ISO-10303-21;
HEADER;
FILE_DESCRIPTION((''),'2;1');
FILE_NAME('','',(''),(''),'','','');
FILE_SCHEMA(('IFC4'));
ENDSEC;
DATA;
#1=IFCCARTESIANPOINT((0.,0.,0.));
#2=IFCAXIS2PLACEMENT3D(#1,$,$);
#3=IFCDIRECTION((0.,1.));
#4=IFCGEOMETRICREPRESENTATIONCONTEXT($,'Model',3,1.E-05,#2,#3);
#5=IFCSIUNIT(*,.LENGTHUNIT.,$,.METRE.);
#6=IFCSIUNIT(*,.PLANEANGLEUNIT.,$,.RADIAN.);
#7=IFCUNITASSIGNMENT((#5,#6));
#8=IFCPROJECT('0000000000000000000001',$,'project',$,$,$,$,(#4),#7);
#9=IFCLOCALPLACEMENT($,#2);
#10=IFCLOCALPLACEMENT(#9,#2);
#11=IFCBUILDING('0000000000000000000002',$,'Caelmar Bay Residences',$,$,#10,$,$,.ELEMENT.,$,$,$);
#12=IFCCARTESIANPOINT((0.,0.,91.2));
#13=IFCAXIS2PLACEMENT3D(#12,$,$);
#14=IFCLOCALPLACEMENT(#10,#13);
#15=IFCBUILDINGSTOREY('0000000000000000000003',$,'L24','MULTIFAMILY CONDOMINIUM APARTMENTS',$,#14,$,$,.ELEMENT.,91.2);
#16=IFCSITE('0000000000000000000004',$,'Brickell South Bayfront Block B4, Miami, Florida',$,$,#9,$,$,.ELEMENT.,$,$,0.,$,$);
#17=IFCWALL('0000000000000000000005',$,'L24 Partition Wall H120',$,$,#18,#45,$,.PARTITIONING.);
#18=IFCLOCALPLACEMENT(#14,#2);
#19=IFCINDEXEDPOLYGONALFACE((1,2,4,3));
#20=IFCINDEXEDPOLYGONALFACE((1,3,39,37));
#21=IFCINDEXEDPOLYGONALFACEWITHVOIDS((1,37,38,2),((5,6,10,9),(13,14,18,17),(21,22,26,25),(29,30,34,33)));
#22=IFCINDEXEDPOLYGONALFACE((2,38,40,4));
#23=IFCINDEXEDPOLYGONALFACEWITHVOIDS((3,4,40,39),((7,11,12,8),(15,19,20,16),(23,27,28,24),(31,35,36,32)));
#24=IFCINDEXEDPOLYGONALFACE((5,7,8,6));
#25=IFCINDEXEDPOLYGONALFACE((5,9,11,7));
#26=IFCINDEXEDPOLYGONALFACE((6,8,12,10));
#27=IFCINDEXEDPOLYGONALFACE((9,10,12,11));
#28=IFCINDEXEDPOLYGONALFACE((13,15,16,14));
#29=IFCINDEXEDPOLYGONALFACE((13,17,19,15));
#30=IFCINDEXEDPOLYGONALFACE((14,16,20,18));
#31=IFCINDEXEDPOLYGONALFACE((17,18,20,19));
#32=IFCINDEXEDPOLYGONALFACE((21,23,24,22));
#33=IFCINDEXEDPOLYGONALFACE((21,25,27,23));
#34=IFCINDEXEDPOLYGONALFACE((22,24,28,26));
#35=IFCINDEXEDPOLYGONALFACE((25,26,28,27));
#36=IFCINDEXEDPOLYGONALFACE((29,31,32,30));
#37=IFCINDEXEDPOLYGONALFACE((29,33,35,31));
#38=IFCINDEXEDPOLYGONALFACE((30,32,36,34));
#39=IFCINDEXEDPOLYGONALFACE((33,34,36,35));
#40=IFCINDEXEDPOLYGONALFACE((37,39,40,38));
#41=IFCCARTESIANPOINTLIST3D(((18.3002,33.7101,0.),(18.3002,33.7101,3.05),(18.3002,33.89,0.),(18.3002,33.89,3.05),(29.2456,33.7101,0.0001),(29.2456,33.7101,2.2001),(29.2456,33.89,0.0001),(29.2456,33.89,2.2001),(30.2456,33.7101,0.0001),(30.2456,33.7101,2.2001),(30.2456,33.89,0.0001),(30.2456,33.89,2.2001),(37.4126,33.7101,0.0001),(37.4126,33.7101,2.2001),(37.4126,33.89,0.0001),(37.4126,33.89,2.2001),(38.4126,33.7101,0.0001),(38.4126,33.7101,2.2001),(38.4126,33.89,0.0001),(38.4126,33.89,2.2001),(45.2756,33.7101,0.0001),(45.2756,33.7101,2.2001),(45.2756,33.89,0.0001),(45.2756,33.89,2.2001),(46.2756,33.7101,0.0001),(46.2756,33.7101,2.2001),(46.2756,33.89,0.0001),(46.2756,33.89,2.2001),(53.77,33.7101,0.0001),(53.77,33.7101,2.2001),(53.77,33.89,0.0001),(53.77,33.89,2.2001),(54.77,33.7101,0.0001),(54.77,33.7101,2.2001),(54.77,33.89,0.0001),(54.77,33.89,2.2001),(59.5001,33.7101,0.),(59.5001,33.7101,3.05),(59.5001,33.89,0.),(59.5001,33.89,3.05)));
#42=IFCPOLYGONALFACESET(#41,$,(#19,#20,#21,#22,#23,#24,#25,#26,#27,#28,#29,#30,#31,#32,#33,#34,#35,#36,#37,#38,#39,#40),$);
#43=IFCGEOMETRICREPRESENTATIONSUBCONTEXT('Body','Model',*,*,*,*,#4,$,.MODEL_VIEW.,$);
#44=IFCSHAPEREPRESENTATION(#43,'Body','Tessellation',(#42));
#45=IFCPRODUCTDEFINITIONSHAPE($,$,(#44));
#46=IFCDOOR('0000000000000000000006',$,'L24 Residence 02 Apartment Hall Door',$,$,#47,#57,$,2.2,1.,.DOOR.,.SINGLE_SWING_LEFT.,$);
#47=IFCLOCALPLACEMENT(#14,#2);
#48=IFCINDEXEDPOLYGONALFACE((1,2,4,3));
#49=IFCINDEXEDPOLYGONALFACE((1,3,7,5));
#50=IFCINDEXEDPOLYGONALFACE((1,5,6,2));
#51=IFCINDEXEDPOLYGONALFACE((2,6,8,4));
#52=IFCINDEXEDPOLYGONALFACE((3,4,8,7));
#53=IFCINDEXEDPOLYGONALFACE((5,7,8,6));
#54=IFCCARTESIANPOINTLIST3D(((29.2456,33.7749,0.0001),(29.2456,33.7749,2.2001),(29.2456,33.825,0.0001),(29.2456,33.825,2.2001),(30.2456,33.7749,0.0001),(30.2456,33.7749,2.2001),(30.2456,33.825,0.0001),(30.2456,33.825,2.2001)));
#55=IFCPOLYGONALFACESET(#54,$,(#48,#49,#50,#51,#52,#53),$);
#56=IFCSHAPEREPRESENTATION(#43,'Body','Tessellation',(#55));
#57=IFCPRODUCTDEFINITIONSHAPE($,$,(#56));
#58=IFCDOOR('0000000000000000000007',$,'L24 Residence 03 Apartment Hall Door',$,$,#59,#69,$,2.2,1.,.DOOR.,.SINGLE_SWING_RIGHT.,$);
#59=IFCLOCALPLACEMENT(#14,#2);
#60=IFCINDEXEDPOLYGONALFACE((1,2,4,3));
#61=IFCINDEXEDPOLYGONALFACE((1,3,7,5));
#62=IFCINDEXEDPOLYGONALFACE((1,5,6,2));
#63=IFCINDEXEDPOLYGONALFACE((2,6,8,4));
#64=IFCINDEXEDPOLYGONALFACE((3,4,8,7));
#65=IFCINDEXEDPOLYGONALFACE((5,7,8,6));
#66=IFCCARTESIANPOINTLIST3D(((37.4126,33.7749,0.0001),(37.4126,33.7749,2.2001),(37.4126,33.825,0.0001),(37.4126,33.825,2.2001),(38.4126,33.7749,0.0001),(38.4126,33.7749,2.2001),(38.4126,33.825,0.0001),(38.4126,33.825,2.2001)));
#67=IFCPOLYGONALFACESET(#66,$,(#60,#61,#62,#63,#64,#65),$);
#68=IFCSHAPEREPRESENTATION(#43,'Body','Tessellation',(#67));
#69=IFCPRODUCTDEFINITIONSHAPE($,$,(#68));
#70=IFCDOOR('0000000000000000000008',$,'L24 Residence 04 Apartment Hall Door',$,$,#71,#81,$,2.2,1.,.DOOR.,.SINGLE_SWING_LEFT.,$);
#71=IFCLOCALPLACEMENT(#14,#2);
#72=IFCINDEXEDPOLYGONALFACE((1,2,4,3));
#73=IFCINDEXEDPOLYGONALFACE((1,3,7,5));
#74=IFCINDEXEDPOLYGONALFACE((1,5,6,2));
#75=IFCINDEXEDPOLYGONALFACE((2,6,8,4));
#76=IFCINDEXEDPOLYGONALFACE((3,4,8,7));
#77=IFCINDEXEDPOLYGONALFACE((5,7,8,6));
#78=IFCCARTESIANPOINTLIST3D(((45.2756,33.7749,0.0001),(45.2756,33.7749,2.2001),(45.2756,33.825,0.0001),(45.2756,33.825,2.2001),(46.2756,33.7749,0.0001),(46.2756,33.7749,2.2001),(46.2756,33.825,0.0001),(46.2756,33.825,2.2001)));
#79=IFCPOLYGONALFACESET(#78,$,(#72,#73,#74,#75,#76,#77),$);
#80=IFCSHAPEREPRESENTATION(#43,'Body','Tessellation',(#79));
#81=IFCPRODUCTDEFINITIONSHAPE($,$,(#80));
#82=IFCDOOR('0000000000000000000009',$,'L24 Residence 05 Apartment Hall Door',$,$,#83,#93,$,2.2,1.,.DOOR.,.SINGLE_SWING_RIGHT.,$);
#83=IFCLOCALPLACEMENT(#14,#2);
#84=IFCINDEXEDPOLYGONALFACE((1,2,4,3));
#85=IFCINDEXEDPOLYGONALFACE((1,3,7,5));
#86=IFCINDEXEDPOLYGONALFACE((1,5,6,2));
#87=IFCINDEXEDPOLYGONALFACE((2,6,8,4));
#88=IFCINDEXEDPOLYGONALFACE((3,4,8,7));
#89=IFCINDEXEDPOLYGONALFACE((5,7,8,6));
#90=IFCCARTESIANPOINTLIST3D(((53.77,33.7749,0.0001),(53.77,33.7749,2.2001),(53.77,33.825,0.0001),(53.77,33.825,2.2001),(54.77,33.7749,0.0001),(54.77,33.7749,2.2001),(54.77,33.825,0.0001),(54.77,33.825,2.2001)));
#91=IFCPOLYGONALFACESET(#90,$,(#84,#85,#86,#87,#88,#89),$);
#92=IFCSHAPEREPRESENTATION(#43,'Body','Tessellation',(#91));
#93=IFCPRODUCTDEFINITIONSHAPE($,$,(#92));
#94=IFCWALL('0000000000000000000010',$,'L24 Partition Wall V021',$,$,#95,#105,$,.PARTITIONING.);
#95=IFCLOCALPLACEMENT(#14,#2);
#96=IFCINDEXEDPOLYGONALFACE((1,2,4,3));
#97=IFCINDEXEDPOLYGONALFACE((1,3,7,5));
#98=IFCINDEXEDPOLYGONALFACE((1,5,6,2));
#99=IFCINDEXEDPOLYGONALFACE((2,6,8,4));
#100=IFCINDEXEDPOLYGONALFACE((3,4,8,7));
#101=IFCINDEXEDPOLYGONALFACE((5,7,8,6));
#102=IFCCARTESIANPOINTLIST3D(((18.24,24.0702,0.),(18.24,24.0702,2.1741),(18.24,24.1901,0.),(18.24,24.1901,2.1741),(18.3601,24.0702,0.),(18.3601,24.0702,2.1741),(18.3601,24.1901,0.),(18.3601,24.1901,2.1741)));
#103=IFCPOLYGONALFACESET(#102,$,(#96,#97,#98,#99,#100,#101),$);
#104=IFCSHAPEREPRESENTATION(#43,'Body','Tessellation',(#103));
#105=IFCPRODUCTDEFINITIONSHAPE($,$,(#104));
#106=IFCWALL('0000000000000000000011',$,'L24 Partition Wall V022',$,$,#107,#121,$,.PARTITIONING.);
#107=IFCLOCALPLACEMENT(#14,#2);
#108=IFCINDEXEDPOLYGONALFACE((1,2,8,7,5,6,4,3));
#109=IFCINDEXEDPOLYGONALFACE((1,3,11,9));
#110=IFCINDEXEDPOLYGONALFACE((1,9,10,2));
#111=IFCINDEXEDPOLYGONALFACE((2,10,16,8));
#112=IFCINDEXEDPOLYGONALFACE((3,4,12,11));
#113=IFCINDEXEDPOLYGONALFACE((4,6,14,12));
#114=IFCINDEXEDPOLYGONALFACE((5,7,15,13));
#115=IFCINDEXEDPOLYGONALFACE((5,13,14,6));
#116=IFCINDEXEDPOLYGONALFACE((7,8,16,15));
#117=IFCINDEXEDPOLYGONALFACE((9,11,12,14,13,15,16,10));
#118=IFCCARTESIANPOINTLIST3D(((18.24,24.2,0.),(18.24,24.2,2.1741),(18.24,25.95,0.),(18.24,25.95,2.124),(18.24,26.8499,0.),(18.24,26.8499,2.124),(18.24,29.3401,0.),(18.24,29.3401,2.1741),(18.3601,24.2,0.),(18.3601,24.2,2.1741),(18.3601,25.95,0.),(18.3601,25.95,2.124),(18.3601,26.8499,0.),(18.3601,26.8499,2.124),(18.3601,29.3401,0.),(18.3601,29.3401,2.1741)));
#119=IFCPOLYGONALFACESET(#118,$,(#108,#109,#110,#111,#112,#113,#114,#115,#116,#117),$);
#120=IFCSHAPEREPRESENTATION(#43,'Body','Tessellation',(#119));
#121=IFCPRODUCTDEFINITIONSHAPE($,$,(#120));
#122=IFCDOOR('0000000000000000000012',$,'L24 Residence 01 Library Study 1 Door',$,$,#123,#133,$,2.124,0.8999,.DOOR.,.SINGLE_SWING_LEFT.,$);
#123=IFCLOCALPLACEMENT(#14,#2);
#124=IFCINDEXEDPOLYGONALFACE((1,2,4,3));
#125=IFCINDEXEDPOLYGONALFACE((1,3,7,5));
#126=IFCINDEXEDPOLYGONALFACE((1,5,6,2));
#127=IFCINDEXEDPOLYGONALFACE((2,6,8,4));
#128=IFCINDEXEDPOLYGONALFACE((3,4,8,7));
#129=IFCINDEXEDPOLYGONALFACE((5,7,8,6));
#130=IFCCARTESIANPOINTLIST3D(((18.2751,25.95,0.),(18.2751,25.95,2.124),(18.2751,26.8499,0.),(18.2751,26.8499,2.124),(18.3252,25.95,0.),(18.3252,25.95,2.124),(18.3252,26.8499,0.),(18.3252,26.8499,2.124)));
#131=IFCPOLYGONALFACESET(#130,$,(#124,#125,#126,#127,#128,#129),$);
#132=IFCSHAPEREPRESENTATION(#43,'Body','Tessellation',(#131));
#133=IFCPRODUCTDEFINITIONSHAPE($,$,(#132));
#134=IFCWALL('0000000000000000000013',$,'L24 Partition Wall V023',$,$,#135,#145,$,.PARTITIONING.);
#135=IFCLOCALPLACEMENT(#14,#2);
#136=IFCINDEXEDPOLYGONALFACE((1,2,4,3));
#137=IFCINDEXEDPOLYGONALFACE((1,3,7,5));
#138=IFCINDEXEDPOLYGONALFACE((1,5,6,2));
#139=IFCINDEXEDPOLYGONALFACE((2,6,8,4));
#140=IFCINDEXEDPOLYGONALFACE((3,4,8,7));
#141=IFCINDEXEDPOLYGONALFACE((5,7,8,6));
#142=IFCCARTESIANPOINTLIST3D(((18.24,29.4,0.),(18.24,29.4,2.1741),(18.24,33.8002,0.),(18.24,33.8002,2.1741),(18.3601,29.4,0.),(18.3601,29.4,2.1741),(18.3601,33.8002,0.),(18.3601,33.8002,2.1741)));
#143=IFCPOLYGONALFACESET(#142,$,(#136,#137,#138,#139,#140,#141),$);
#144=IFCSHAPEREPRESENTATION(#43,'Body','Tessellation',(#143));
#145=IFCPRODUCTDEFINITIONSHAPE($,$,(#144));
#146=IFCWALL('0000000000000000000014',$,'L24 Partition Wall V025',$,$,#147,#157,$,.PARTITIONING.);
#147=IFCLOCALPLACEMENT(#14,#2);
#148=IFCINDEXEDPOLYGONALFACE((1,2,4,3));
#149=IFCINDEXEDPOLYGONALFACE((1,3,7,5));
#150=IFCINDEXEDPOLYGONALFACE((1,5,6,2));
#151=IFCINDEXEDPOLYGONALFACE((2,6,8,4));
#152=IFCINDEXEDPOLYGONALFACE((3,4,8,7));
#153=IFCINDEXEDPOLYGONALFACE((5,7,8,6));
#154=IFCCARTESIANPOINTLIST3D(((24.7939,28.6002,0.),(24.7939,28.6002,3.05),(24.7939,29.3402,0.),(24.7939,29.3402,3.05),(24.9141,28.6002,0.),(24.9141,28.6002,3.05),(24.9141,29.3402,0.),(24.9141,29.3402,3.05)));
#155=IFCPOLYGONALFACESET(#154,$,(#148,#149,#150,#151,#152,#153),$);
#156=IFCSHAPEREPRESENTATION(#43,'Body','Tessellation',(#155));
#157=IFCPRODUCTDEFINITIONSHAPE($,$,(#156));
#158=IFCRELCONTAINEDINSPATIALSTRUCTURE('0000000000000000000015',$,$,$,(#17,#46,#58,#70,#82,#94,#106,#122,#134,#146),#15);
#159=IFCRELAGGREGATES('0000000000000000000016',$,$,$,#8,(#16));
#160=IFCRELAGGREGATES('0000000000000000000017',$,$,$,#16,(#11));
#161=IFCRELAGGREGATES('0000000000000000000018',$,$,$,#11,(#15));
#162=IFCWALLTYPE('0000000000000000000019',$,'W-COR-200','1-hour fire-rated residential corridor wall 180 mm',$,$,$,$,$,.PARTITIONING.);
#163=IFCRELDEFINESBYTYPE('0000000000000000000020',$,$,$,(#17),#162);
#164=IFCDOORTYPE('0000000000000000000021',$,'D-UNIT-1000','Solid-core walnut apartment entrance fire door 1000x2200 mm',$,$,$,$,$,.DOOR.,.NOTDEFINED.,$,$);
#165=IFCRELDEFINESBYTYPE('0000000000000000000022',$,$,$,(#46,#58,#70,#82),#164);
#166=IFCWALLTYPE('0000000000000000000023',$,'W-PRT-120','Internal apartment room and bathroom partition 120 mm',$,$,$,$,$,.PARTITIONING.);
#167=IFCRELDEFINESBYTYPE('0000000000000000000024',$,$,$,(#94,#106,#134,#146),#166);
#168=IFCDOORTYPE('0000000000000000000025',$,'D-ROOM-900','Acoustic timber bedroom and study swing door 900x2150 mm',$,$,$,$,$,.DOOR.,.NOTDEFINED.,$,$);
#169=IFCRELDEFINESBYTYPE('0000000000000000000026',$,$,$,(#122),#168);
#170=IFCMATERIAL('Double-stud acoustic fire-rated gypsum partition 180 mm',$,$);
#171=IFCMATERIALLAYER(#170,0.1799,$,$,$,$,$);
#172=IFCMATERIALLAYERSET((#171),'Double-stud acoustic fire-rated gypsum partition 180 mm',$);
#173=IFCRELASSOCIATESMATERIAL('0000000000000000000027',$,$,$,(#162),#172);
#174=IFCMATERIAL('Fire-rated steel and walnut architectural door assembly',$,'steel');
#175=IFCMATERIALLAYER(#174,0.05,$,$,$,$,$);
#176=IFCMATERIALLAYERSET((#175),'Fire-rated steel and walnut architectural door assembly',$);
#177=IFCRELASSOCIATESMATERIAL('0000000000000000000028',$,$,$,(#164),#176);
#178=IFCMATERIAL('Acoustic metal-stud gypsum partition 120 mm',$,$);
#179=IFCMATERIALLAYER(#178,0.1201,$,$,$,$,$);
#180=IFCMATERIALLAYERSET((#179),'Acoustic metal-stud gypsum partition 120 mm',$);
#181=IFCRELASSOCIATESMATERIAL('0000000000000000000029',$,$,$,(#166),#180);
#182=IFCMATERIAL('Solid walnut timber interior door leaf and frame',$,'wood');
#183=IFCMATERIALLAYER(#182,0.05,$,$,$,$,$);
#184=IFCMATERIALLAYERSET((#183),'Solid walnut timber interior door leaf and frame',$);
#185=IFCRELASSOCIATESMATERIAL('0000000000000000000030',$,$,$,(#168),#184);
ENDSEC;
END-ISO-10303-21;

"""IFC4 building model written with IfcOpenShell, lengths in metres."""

from ifc_helpers import new_model, si_unit, direction, frame, frame_2d, origin, place, context, subcontext, project, spatial, rectangle, extrude, material, layer, layer_set, type_object, element, fill, save


model = new_model("IFC4")

# Units and contexts
model_context = context("Model", 3, precision=1e-05, world=origin(), true_north=direction((0.0, 1.0)))
body_context = subcontext(model_context, "Body", "Model", "MODEL_VIEW")
ifc_project = project(units=[si_unit("LENGTHUNIT", "METRE"), si_unit("PLANEANGLEUNIT", "RADIAN")], contexts=[model_context])

# Site, building, storey
site_placement = place(None, origin())
site = spatial("IfcSite", under=ifc_project, at=site_placement, Name="Brickell South Bayfront Block B4, Miami, Florida", CompositionType="ELEMENT", RefElevation=0.0)
building_placement = place(site_placement, origin())
building = spatial("IfcBuilding", under=site, at=building_placement, Name="Caelmar Bay Residences", CompositionType="ELEMENT")
storey_placement = place(building_placement, frame((0.0, 0.0, 91.2)))
storey = spatial("IfcBuildingStorey", under=building, at=storey_placement, Name="L24", Description="MULTIFAMILY CONDOMINIUM APARTMENTS", CompositionType="ELEMENT", Elevation=91.2)

# Wall, openings, doors
ifc_material_1 = material(Name="Double-stud acoustic fire-rated gypsum partition 180 mm")
ifc_layer_1 = layer(ifc_material_1, 0.1799)
ifc_layer_set_1 = layer_set([ifc_layer_1], Name="Double-stud acoustic fire-rated gypsum partition 180 mm")
wall_type_1 = type_object("IfcWallType", Name="W-COR-200", Description="1-hour fire-rated residential corridor wall 180 mm", PredefinedType="PARTITIONING", material=ifc_layer_set_1)
wall_1_placement = place(storey_placement, frame((18.3, 33.8, 0.0), z_axis=(0.0, 0.0, 1.0), x_axis=(1.0, 0.0, 0.0)))
wall_1 = element("IfcWall", 1, at=wall_1_placement, inside=storey, type_object=wall_type_1, Name="L24 Partition Wall H120", PredefinedType="PARTITIONING", context=body_context, shape_type="SweptSolid", body=[
    extrude(rectangle(XDim=41.2, YDim=0.1799, at=frame_2d((20.6001, 0.0))), origin(), (0.0, 0.0, 1.0), 3.05),
])
opening_1_placement = place(wall_1_placement, frame((10.9456, 0.0, 0.0)))
opening_1 = element("IfcOpeningElement", 2, at=opening_1_placement, cuts=wall_1, PredefinedType="OPENING", context=body_context, shape_type="SweptSolid", body=[
    extrude(rectangle(XDim=1.0, YDim=2.2, at=frame_2d((0.5, 1.1001))), frame((0.0, 0.0999, 0.0), z_axis=(0.0, -1.0, 0.0), x_axis=(1.0, 0.0, 0.0)), (0.0, 0.0, 1.0), 0.2),
])
opening_2_placement = place(wall_1_placement, frame((19.1125, 0.0, 0.0)))
opening_2 = element("IfcOpeningElement", 3, at=opening_2_placement, cuts=wall_1, PredefinedType="OPENING", context=body_context, shape_type="SweptSolid", body=[
    extrude(rectangle(XDim=1.0, YDim=2.2, at=frame_2d((0.5, 1.1001))), frame((0.0, 0.0999, 0.0), z_axis=(0.0, -1.0, 0.0), x_axis=(1.0, 0.0, 0.0)), (0.0, 0.0, 1.0), 0.2),
])
opening_3_placement = place(wall_1_placement, frame((26.9756, 0.0, 0.0)))
opening_3 = element("IfcOpeningElement", 4, at=opening_3_placement, cuts=wall_1, PredefinedType="OPENING", context=body_context, shape_type="SweptSolid", body=[
    extrude(rectangle(XDim=1.0, YDim=2.2, at=frame_2d((0.5, 1.1001))), frame((0.0, 0.0999, 0.0), z_axis=(0.0, -1.0, 0.0), x_axis=(1.0, 0.0, 0.0)), (0.0, 0.0, 1.0), 0.2),
])
opening_4_placement = place(wall_1_placement, frame((35.47, 0.0, 0.0)))
opening_4 = element("IfcOpeningElement", 5, at=opening_4_placement, cuts=wall_1, PredefinedType="OPENING", context=body_context, shape_type="SweptSolid", body=[
    extrude(rectangle(XDim=1.0, YDim=2.2, at=frame_2d((0.5, 1.1001))), frame((0.0, 0.0999, 0.0), z_axis=(0.0, -1.0, 0.0), x_axis=(1.0, 0.0, 0.0)), (0.0, 0.0, 1.0), 0.2),
])
ifc_material_2 = material(Name="Fire-rated steel and walnut architectural door assembly", Category="steel")
ifc_layer_2 = layer(ifc_material_2, 0.05)
ifc_layer_set_2 = layer_set([ifc_layer_2], Name="Fire-rated steel and walnut architectural door assembly")
door_type_1 = type_object("IfcDoorType", Name="D-UNIT-1000", Description="Solid-core walnut apartment entrance fire door 1000x2200 mm", OperationType="NOTDEFINED", PredefinedType="DOOR", material=ifc_layer_set_2)
door_1_placement = place(opening_1_placement, origin())
door_1 = element("IfcDoor", 6, at=door_1_placement, inside=storey, type_object=door_type_1, Name="L24 Residence 02 Apartment Hall Door", OperationType="SINGLE_SWING_LEFT", OverallHeight=2.2, OverallWidth=1.0, PredefinedType="DOOR", context=body_context, shape_type="SweptSolid", body=[
    extrude(rectangle(XDim=1.0, YDim=2.2, at=frame_2d((0.5, 1.1001))), frame((0.0, 0.0249, 0.0), z_axis=(0.0, -1.0, 0.0), x_axis=(1.0, 0.0, 0.0)), (0.0, 0.0, 1.0), 0.05),
])
fill(opening_1, door_1)
door_2_placement = place(opening_2_placement, origin())
door_2 = element("IfcDoor", 7, at=door_2_placement, inside=storey, type_object=door_type_1, Name="L24 Residence 03 Apartment Hall Door", OperationType="SINGLE_SWING_RIGHT", OverallHeight=2.2, OverallWidth=1.0, PredefinedType="DOOR", context=body_context, shape_type="SweptSolid", body=[
    extrude(rectangle(XDim=1.0, YDim=2.2, at=frame_2d((0.5, 1.1001))), frame((0.0, 0.0249, 0.0), z_axis=(0.0, -1.0, 0.0), x_axis=(1.0, 0.0, 0.0)), (0.0, 0.0, 1.0), 0.05),
])
fill(opening_2, door_2)
door_3_placement = place(opening_3_placement, origin())
door_3 = element("IfcDoor", 8, at=door_3_placement, inside=storey, type_object=door_type_1, Name="L24 Residence 04 Apartment Hall Door", OperationType="SINGLE_SWING_LEFT", OverallHeight=2.2, OverallWidth=1.0, PredefinedType="DOOR", context=body_context, shape_type="SweptSolid", body=[
    extrude(rectangle(XDim=1.0, YDim=2.2, at=frame_2d((0.5, 1.1001))), frame((0.0, 0.0249, 0.0), z_axis=(0.0, -1.0, 0.0), x_axis=(1.0, 0.0, 0.0)), (0.0, 0.0, 1.0), 0.05),
])
fill(opening_3, door_3)
door_4_placement = place(opening_4_placement, origin())
door_4 = element("IfcDoor", 9, at=door_4_placement, inside=storey, type_object=door_type_1, Name="L24 Residence 05 Apartment Hall Door", OperationType="SINGLE_SWING_RIGHT", OverallHeight=2.2, OverallWidth=1.0, PredefinedType="DOOR", context=body_context, shape_type="SweptSolid", body=[
    extrude(rectangle(XDim=1.0, YDim=2.2, at=frame_2d((0.5, 1.1001))), frame((0.0, 0.0249, 0.0), z_axis=(0.0, -1.0, 0.0), x_axis=(1.0, 0.0, 0.0)), (0.0, 0.0, 1.0), 0.05),
])
fill(opening_4, door_4)

# Wall
ifc_material_3 = material(Name="Acoustic metal-stud gypsum partition 120 mm")
ifc_layer_3 = layer(ifc_material_3, 0.1201)
ifc_layer_set_3 = layer_set([ifc_layer_3], Name="Acoustic metal-stud gypsum partition 120 mm")
wall_type_2 = type_object("IfcWallType", Name="W-PRT-120", Description="Internal apartment room and bathroom partition 120 mm", PredefinedType="PARTITIONING", material=ifc_layer_set_3)
wall_2_placement = place(storey_placement, frame((18.3, 24.0701, 0.0), z_axis=(0.0, 0.0, 1.0), x_axis=(0.0, 1.0, 0.0)))
element("IfcWall", 10, at=wall_2_placement, inside=storey, type_object=wall_type_2, Name="L24 Partition Wall V021", PredefinedType="PARTITIONING", context=body_context, shape_type="SweptSolid", body=[
    extrude(rectangle(XDim=0.1199, YDim=0.1201, at=frame_2d((0.0601, 0.0))), origin(), (0.0, 0.0, 1.0), 2.1741),
])

# Wall, opening, door
wall_3_placement = place(storey_placement, frame((18.3, 24.2, 0.0), z_axis=(0.0, 0.0, 1.0), x_axis=(0.0, 1.0, 0.0)))
wall_3 = element("IfcWall", 11, at=wall_3_placement, inside=storey, type_object=wall_type_2, Name="L24 Partition Wall V022", PredefinedType="PARTITIONING", context=body_context, shape_type="SweptSolid", body=[
    extrude(rectangle(XDim=5.1401, YDim=0.1201, at=frame_2d((2.5701, 0.0))), origin(), (0.0, 0.0, 1.0), 2.1741),
])
opening_5_placement = place(wall_3_placement, frame((1.75, 0.0, 0.0)))
opening_5 = element("IfcOpeningElement", 12, at=opening_5_placement, cuts=wall_3, PredefinedType="OPENING", context=body_context, shape_type="SweptSolid", body=[
    extrude(rectangle(XDim=0.8999, YDim=2.124, at=frame_2d((0.45, 1.062))), frame((0.0, 0.0701, 0.0), z_axis=(0.0, -1.0, 0.0), x_axis=(1.0, 0.0, 0.0)), (0.0, 0.0, 1.0), 0.1401),
])
ifc_material_4 = material(Name="Solid walnut timber interior door leaf and frame", Category="wood")
ifc_layer_4 = layer(ifc_material_4, 0.05)
ifc_layer_set_4 = layer_set([ifc_layer_4], Name="Solid walnut timber interior door leaf and frame")
door_type_2 = type_object("IfcDoorType", Name="D-ROOM-900", Description="Acoustic timber bedroom and study swing door 900x2150 mm", OperationType="NOTDEFINED", PredefinedType="DOOR", material=ifc_layer_set_4)
door_5_placement = place(opening_5_placement, origin())
door_5 = element("IfcDoor", 13, at=door_5_placement, inside=storey, type_object=door_type_2, Name="L24 Residence 01 Library Study 1 Door", OperationType="SINGLE_SWING_LEFT", OverallHeight=2.124, OverallWidth=0.8999, PredefinedType="DOOR", context=body_context, shape_type="SweptSolid", body=[
    extrude(rectangle(XDim=0.8999, YDim=2.124, at=frame_2d((0.45, 1.062))), frame((0.0, 0.0249, 0.0), z_axis=(0.0, -1.0, 0.0), x_axis=(1.0, 0.0, 0.0)), (0.0, 0.0, 1.0), 0.05),
])
fill(opening_5, door_5)

# Walls
wall_4_placement = place(storey_placement, frame((18.3, 29.3999, 0.0), z_axis=(0.0, 0.0, 1.0), x_axis=(0.0, 1.0, 0.0)))
element("IfcWall", 14, at=wall_4_placement, inside=storey, type_object=wall_type_2, Name="L24 Partition Wall V023", PredefinedType="PARTITIONING", context=body_context, shape_type="SweptSolid", body=[
    extrude(rectangle(XDim=4.4001, YDim=0.1201, at=frame_2d((2.2002, 0.0))), origin(), (0.0, 0.0, 1.0), 2.1741),
])
wall_5_placement = place(storey_placement, frame((24.854, 28.6001, 0.0), z_axis=(0.0, 0.0, 1.0), x_axis=(0.0, 1.0, 0.0)))
element("IfcWall", 15, at=wall_5_placement, inside=storey, type_object=wall_type_2, Name="L24 Partition Wall V025", PredefinedType="PARTITIONING", context=body_context, shape_type="SweptSolid", body=[
    extrude(rectangle(XDim=0.74, YDim=0.1201, at=frame_2d((0.3701, 0.0))), origin(), (0.0, 0.0, 1.0), 3.05),
])

save(model, "model.ifc")
